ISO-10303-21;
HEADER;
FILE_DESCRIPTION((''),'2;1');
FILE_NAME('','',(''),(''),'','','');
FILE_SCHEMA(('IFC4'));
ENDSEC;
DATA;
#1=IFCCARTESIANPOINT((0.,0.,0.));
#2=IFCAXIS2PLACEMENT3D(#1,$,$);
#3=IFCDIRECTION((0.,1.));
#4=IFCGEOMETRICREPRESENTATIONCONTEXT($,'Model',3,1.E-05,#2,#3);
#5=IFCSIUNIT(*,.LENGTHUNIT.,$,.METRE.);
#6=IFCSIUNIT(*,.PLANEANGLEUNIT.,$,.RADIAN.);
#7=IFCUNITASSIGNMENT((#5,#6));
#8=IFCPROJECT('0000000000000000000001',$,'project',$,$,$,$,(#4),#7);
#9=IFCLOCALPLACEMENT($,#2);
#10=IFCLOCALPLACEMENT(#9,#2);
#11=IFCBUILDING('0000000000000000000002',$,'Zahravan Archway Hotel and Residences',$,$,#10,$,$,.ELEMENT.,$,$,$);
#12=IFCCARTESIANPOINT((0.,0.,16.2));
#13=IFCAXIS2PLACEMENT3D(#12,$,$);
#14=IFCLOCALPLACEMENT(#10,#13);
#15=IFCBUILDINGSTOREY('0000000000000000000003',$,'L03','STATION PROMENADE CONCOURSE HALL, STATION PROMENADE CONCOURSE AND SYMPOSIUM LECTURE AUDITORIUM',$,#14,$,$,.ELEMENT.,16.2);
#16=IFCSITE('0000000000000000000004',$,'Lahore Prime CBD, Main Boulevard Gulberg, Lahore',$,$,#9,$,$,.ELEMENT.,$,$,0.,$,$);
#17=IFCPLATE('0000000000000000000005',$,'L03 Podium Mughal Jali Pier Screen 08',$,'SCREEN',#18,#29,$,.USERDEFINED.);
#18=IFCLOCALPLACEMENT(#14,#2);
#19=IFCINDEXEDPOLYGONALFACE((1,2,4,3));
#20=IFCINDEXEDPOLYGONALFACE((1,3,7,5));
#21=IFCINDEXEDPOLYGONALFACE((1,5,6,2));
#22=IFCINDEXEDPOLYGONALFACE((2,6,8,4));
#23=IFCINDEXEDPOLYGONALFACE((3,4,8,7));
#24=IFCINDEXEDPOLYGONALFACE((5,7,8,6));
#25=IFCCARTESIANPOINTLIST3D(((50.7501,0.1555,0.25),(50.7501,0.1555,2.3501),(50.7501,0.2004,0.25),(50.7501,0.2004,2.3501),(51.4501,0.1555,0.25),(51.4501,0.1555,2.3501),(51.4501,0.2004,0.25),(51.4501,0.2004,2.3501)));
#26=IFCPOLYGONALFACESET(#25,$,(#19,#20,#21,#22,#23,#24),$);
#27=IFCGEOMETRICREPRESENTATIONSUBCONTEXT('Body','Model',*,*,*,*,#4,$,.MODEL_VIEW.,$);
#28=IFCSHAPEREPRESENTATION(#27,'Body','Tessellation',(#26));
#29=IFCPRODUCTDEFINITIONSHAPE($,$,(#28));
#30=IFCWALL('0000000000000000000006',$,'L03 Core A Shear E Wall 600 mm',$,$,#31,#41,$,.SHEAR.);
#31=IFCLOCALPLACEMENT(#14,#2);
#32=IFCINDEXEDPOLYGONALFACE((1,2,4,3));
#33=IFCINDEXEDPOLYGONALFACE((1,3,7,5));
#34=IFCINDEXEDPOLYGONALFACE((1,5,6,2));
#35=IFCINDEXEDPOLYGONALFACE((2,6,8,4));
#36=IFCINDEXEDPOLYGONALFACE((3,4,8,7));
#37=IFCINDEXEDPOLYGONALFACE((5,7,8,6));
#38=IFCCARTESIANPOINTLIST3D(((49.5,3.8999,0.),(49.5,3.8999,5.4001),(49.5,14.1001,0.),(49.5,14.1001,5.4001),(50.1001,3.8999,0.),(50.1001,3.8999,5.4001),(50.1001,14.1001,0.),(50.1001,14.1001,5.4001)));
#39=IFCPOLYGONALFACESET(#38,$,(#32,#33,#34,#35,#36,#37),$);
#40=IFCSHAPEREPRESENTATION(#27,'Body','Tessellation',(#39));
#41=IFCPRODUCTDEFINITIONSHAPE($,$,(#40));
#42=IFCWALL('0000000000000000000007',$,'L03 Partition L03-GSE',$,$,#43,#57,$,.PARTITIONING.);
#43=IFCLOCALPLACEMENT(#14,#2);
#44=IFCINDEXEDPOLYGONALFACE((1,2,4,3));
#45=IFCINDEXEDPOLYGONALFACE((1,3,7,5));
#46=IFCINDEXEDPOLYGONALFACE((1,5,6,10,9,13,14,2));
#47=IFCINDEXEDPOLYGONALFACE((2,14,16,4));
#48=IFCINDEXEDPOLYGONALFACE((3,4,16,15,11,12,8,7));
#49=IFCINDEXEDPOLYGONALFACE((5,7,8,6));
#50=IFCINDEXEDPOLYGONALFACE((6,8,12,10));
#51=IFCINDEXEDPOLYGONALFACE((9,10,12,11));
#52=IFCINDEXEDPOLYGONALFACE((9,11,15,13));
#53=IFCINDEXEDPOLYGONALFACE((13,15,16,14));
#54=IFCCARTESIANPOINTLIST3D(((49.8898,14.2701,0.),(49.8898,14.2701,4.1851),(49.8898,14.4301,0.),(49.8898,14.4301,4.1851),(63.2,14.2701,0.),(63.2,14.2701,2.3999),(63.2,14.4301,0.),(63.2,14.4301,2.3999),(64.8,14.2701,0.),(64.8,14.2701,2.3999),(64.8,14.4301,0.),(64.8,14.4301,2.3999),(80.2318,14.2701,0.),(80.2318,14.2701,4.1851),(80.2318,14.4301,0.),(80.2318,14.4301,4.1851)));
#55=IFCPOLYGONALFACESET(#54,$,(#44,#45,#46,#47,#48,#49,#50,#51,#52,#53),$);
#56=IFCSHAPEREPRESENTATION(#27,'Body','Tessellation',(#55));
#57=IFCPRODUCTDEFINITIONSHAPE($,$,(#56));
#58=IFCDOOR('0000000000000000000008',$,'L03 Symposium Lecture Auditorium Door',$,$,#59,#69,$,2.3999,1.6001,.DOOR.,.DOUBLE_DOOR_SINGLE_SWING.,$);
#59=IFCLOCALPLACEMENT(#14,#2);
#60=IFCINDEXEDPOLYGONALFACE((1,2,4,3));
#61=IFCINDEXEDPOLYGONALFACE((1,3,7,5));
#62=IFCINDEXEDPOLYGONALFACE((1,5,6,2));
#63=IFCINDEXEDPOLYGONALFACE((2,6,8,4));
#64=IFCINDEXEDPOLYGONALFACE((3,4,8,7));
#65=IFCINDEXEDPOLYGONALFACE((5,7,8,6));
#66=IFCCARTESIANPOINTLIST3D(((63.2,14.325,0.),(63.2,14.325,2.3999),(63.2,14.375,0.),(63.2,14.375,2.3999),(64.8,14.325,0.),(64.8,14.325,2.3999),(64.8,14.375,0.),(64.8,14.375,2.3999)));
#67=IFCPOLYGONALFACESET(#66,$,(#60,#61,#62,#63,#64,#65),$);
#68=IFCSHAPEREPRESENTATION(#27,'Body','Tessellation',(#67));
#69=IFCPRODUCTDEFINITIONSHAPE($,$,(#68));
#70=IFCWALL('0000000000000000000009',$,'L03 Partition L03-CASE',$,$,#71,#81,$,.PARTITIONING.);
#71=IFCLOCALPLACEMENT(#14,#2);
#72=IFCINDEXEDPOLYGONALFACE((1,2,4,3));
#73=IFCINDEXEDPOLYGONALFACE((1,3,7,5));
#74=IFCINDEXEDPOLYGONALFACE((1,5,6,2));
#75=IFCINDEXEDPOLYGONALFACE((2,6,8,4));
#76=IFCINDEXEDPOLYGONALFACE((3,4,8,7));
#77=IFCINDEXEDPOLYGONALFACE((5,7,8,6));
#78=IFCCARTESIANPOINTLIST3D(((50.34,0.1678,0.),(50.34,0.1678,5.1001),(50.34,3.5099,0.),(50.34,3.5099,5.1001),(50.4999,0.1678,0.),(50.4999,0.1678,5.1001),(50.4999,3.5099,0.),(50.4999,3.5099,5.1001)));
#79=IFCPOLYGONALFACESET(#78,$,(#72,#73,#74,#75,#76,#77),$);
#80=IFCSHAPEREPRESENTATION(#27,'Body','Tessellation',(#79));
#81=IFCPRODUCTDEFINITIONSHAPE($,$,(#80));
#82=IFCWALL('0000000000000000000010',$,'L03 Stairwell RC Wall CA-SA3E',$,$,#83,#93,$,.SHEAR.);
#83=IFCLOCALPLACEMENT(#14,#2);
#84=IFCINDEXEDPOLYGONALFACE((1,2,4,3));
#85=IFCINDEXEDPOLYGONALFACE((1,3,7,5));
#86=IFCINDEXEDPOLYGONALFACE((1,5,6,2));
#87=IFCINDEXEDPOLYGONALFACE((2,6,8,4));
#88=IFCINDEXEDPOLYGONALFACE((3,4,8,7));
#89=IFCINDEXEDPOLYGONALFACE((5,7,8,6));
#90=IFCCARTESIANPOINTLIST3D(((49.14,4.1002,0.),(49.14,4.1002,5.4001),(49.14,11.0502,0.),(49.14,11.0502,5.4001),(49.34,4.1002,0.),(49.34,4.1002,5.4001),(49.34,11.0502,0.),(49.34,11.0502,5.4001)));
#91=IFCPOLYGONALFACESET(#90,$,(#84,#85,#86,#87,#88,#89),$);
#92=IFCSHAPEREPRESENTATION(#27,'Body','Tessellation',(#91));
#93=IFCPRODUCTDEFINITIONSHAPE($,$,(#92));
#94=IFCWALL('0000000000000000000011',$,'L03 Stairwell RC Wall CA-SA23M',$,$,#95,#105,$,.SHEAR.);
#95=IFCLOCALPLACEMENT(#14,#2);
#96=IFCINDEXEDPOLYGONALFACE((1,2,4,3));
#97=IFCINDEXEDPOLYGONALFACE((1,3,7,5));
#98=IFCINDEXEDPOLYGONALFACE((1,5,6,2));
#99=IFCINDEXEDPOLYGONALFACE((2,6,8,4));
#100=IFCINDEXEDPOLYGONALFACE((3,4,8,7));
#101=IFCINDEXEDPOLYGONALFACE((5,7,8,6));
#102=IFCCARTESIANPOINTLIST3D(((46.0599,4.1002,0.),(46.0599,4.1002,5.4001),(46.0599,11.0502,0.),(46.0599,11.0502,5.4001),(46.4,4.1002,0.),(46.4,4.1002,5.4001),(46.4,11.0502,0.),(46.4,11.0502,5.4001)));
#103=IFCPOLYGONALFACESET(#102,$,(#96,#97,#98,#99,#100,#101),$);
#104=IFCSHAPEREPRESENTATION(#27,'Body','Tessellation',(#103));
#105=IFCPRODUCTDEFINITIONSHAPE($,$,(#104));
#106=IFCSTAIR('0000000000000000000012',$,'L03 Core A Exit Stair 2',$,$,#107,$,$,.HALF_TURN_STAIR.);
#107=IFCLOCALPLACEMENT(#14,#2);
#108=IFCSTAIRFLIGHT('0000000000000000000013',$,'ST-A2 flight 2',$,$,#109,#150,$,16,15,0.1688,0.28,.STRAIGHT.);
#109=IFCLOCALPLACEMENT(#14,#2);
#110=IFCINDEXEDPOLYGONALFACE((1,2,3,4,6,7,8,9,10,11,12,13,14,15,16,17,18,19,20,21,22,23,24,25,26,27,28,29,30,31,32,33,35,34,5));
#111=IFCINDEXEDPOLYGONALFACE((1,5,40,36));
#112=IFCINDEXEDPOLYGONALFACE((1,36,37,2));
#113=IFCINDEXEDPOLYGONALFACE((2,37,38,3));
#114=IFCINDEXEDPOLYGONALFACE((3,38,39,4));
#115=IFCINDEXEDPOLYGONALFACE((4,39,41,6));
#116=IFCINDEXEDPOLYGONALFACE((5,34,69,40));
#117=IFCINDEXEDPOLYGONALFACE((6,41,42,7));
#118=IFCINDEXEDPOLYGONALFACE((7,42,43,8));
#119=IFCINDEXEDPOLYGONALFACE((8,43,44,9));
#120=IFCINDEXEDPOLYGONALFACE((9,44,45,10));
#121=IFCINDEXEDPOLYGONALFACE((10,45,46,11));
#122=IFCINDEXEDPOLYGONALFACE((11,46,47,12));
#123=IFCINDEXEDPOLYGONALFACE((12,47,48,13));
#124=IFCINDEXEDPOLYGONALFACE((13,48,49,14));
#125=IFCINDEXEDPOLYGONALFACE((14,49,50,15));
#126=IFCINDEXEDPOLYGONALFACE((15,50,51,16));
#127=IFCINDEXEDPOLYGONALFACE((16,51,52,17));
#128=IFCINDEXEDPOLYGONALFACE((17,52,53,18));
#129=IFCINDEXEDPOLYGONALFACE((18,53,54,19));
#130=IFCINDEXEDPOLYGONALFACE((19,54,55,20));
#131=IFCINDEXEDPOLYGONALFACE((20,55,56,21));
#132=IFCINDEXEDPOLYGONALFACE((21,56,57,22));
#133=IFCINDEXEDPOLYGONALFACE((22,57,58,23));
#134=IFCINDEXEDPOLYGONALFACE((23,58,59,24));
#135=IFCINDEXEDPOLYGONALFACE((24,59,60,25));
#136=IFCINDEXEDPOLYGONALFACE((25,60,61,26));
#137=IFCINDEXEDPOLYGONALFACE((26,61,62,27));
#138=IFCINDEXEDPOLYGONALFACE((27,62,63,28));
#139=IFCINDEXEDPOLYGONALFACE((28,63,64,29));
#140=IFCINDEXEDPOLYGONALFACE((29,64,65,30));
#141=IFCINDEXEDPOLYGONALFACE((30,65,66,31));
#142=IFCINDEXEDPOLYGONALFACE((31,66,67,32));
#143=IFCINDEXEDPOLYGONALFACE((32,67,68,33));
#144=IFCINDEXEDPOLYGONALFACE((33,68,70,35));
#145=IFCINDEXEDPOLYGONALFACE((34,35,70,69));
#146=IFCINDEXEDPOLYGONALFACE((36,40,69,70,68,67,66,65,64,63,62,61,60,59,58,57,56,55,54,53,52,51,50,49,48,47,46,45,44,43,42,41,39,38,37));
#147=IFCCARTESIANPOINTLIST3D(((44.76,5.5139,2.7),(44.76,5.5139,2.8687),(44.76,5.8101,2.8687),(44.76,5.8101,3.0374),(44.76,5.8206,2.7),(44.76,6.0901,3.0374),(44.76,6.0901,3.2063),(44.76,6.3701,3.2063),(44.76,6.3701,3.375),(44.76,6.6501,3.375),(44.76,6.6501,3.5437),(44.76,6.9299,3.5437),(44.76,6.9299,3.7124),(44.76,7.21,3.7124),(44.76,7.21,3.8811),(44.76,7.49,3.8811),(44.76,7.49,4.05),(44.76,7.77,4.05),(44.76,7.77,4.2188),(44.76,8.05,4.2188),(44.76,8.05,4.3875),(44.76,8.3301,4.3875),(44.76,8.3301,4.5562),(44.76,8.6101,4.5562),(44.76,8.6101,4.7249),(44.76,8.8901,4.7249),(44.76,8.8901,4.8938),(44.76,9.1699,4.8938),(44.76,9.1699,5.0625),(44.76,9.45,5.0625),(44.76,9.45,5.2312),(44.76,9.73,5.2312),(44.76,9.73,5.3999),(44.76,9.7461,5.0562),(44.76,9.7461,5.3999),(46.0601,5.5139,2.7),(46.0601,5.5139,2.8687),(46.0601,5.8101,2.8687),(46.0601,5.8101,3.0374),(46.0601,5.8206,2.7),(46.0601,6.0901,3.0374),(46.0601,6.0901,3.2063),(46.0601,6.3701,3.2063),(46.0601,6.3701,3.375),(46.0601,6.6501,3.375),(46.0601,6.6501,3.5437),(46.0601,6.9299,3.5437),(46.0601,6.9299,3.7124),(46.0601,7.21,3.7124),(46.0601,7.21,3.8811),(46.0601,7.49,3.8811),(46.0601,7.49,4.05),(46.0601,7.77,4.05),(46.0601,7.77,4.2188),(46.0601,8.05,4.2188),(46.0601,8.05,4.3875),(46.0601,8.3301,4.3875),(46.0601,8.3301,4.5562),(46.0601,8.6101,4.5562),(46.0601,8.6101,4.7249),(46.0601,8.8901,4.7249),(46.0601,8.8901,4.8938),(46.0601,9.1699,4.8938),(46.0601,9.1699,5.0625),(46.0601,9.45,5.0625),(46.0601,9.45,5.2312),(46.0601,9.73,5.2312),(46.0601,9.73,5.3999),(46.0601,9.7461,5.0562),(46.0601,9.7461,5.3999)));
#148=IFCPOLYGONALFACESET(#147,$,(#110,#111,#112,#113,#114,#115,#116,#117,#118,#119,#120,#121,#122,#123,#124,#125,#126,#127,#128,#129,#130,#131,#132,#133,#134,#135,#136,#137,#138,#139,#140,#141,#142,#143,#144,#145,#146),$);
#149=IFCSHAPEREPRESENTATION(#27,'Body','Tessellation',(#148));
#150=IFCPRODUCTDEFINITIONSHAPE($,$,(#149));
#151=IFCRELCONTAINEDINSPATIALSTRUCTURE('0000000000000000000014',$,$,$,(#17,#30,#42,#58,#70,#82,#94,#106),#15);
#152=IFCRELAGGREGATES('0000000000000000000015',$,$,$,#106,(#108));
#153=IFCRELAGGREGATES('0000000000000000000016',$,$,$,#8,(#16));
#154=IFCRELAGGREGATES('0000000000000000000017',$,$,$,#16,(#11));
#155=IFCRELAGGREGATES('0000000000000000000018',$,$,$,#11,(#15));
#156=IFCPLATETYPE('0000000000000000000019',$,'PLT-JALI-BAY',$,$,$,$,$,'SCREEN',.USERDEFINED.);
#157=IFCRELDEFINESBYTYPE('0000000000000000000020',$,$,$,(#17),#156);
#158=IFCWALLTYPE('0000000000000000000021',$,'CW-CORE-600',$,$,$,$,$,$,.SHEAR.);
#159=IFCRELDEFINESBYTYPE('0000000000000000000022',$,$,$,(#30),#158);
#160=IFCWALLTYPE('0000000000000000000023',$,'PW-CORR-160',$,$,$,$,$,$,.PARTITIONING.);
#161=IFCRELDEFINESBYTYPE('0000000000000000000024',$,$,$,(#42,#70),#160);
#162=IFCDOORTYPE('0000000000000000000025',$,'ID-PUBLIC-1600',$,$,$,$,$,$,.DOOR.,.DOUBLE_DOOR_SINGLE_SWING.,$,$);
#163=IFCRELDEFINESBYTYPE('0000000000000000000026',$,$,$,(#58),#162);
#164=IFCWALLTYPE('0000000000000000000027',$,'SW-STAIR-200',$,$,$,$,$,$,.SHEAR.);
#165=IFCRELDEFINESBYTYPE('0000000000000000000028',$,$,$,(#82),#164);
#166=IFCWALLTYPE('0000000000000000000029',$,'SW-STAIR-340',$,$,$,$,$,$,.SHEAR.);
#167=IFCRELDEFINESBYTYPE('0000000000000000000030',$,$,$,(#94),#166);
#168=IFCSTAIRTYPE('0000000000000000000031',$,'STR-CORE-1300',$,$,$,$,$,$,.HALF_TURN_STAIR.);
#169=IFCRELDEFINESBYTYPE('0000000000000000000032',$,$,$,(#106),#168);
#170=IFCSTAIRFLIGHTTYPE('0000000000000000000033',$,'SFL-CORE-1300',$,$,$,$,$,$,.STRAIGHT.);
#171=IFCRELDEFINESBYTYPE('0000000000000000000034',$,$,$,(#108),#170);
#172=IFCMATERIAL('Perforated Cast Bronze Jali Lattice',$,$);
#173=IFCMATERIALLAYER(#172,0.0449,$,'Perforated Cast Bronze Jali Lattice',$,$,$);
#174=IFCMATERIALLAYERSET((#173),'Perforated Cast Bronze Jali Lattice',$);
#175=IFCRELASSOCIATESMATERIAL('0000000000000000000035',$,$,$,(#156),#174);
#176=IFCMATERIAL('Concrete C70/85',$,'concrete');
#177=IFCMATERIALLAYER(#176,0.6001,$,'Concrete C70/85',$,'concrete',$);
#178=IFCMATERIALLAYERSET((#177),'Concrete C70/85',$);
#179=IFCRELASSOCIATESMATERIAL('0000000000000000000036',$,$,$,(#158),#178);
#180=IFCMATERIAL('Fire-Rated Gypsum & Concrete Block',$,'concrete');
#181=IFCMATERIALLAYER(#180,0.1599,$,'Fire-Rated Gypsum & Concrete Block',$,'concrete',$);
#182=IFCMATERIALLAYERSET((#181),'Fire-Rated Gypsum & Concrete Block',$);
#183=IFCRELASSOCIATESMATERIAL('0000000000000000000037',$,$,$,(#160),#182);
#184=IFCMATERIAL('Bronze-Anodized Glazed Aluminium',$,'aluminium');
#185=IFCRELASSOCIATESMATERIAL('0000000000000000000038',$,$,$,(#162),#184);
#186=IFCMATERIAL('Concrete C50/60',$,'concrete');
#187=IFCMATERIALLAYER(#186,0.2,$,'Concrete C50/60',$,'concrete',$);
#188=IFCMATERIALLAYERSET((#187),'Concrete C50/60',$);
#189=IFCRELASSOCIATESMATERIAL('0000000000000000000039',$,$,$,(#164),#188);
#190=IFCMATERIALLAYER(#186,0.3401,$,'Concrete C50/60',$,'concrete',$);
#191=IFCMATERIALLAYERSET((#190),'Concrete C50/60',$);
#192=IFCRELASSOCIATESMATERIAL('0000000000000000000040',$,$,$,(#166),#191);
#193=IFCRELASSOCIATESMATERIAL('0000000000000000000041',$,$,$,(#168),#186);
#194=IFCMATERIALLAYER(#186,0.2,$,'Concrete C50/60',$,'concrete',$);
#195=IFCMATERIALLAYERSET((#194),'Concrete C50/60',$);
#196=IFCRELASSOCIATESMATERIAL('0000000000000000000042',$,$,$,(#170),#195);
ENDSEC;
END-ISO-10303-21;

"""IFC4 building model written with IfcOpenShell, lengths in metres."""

from ifc_helpers import new_model, si_unit, direction, frame, frame_2d, origin, origin_2d, place, context, subcontext, project, spatial, polyline, rectangle, outline, extrude, source, transform, mapped, material, layer, layer_set, type_object, type_shapes, element, fill, aggregate, save


model = new_model("IFC4")

# Units and contexts
model_context = context("Model", 3, precision=1e-05, world=origin(), true_north=direction((0.0, 1.0)))
body_context = subcontext(model_context, "Body", "Model", "MODEL_VIEW")
ifc_project = project(units=[si_unit("LENGTHUNIT", "METRE"), si_unit("PLANEANGLEUNIT", "RADIAN")], contexts=[model_context])

# Site, building, storey
site_placement = place(None, origin())
site = spatial("IfcSite", under=ifc_project, at=site_placement, Name="Lahore Prime CBD, Main Boulevard Gulberg, Lahore", CompositionType="ELEMENT", RefElevation=0.0)
building_placement = place(site_placement, origin())
building = spatial("IfcBuilding", under=site, at=building_placement, Name="Zahravan Archway Hotel and Residences", CompositionType="ELEMENT")
storey_placement = place(building_placement, frame((0.0, 0.0, 16.2)))
storey = spatial("IfcBuildingStorey", under=building, at=storey_placement, Name="L03", Description="STATION PROMENADE CONCOURSE HALL, STATION PROMENADE CONCOURSE AND SYMPOSIUM LECTURE AUDITORIUM", CompositionType="ELEMENT", Elevation=16.2)

# Shared definitions
ifc_material_1 = material(Name="Concrete C70/85", Category="concrete")

# Plate
ifc_material_2 = material(Name="Perforated Cast Bronze Jali Lattice")
ifc_layer_1 = layer(ifc_material_2, 0.0449, Name="Perforated Cast Bronze Jali Lattice")
ifc_layer_set_1 = layer_set([ifc_layer_1], Name="Perforated Cast Bronze Jali Lattice")
plate_type = type_object("IfcPlateType", Name="PLT-JALI-BAY", ElementType="SCREEN", PredefinedType="USERDEFINED", material=ifc_layer_set_1)
shared_shape_1 = source(origin(), body_context, "Body", "SweptSolid", [
    extrude(rectangle(XDim=0.7, YDim=0.0449, at=origin_2d()), origin(), (0.0, 0.0, 1.0), 2.1001),
])
type_shapes(plate_type, [shared_shape_1])
plate_placement = place(storey_placement, frame((51.1001, 0.178, 0.25), z_axis=(0.0, 0.0, 1.0), x_axis=(1.0, 0.0, 0.0)))
element("IfcPlate", 1, at=plate_placement, inside=storey, type_object=plate_type, Name="L03 Podium Mughal Jali Pier Screen 08", ObjectType="SCREEN", PredefinedType="USERDEFINED", context=body_context, shape_type="MappedRepresentation", body=[
    mapped(shared_shape_1, transform((0.0, 0.0, 0.0), scale=1.0)),
])

# Wall
ifc_layer_2 = layer(ifc_material_1, 0.6001, Name="Concrete C70/85", Category="concrete")
ifc_layer_set_2 = layer_set([ifc_layer_2], Name="Concrete C70/85")
wall_type_1 = type_object("IfcWallType", Name="CW-CORE-600", PredefinedType="SHEAR", material=ifc_layer_set_2)
wall_1_placement = place(storey_placement, frame((49.8, 3.8999, 0.0), z_axis=(0.0, 0.0, 1.0), x_axis=(0.0, 1.0, 0.0)))
element("IfcWall", 2, at=wall_1_placement, inside=storey, type_object=wall_type_1, Name="L03 Core A Shear E Wall 600 mm", PredefinedType="SHEAR", context=body_context, shape_type="SweptSolid", body=[
    extrude(rectangle(XDim=10.2002, YDim=0.6001, at=frame_2d((5.1001, 0.0))), origin(), (0.0, 0.0, 1.0), 5.4001),
])

# Wall, opening, door
ifc_material_3 = material(Name="Fire-Rated Gypsum & Concrete Block", Category="concrete")
ifc_layer_3 = layer(ifc_material_3, 0.1599, Name="Fire-Rated Gypsum & Concrete Block", Category="concrete")
ifc_layer_set_3 = layer_set([ifc_layer_3], Name="Fire-Rated Gypsum & Concrete Block")
wall_type_2 = type_object("IfcWallType", Name="PW-CORR-160", PredefinedType="PARTITIONING", material=ifc_layer_set_3)
wall_2_placement = place(storey_placement, frame((49.8899, 14.3501, 0.0), z_axis=(0.0, 0.0, 1.0), x_axis=(1.0, 0.0, 0.0)))
wall_2 = element("IfcWall", 3, at=wall_2_placement, inside=storey, type_object=wall_type_2, Name="L03 Partition L03-GSE", PredefinedType="PARTITIONING", context=body_context, shape_type="SweptSolid", body=[
    extrude(rectangle(XDim=30.342, YDim=0.1599, at=frame_2d((15.1709, 0.0))), origin(), (0.0, 0.0, 1.0), 4.1851),
])
opening_placement = place(wall_2_placement, frame((13.3101, 0.0, 0.0)))
opening = element("IfcOpeningElement", 4, at=opening_placement, cuts=wall_2, PredefinedType="OPENING", context=body_context, shape_type="SweptSolid", body=[
    extrude(rectangle(XDim=1.6001, YDim=2.3999, at=frame_2d((0.8, 1.2))), frame((0.0, 0.0898, 0.0), z_axis=(0.0, -1.0, 0.0), x_axis=(1.0, 0.0, 0.0)), (0.0, 0.0, 1.0), 0.1799),
])
ifc_material_4 = material(Name="Bronze-Anodized Glazed Aluminium", Category="aluminium")
door_type = type_object("IfcDoorType", Name="ID-PUBLIC-1600", OperationType="DOUBLE_DOOR_SINGLE_SWING", PredefinedType="DOOR", material=ifc_material_4)
shared_shape_2 = source(origin(), body_context, "Body", "SweptSolid", [
    extrude(rectangle(XDim=1.6001, YDim=2.3999, at=frame_2d((0.8, 1.2))), frame((0.0, 0.0249, 0.0), z_axis=(0.0, -1.0, 0.0), x_axis=(1.0, 0.0, 0.0)), (0.0, 0.0, 1.0), 0.05),
])
type_shapes(door_type, [shared_shape_2])
door_placement = place(opening_placement, origin())
door = element("IfcDoor", 5, at=door_placement, inside=storey, type_object=door_type, Name="L03 Symposium Lecture Auditorium Door", OperationType="DOUBLE_DOOR_SINGLE_SWING", OverallHeight=2.3999, OverallWidth=1.6001, PredefinedType="DOOR", context=body_context, shape_type="MappedRepresentation", body=[
    mapped(shared_shape_2, transform((0.0, 0.0, 0.0), scale=1.0)),
])
fill(opening, door)

# Walls
wall_3_placement = place(storey_placement, frame((50.4199, 0.168, 0.0), z_axis=(0.0, 0.0, 1.0), x_axis=(0.0, 1.0, 0.0)))
element("IfcWall", 6, at=wall_3_placement, inside=storey, type_object=wall_type_2, Name="L03 Partition L03-CASE", PredefinedType="PARTITIONING", context=body_context, shape_type="SweptSolid", body=[
    extrude(rectangle(XDim=3.342, YDim=0.1599, at=frame_2d((1.6709, 0.0))), origin(), (0.0, 0.0, 1.0), 5.1001),
])
ifc_material_5 = material(Name="Concrete C50/60", Category="concrete")
ifc_layer_4 = layer(ifc_material_5, 0.2, Name="Concrete C50/60", Category="concrete")
ifc_layer_set_4 = layer_set([ifc_layer_4], Name="Concrete C50/60")
wall_type_3 = type_object("IfcWallType", Name="SW-STAIR-200", PredefinedType="SHEAR", material=ifc_layer_set_4)
wall_4_placement = place(storey_placement, frame((49.24, 4.1001, 0.0), z_axis=(0.0, 0.0, 1.0), x_axis=(0.0, 1.0, 0.0)))
element("IfcWall", 7, at=wall_4_placement, inside=storey, type_object=wall_type_3, Name="L03 Stairwell RC Wall CA-SA3E", PredefinedType="SHEAR", context=body_context, shape_type="SweptSolid", body=[
    extrude(rectangle(XDim=6.95, YDim=0.2, at=frame_2d((3.4751, 0.0))), origin(), (0.0, 0.0, 1.0), 5.4001),
])
ifc_layer_5 = layer(ifc_material_5, 0.3401, Name="Concrete C50/60", Category="concrete")
ifc_layer_set_5 = layer_set([ifc_layer_5], Name="Concrete C50/60")
wall_type_4 = type_object("IfcWallType", Name="SW-STAIR-340", PredefinedType="SHEAR", material=ifc_layer_set_5)
wall_5_placement = place(storey_placement, frame((46.23, 4.1001, 0.0), z_axis=(0.0, 0.0, 1.0), x_axis=(0.0, 1.0, 0.0)))
element("IfcWall", 8, at=wall_5_placement, inside=storey, type_object=wall_type_4, Name="L03 Stairwell RC Wall CA-SA23M", PredefinedType="SHEAR", context=body_context, shape_type="SweptSolid", body=[
    extrude(rectangle(XDim=6.95, YDim=0.3401, at=frame_2d((3.4751, 0.0))), origin(), (0.0, 0.0, 1.0), 5.4001),
])

# Stair, stair flight
stair_type = type_object("IfcStairType", Name="STR-CORE-1300", PredefinedType="HALF_TURN_STAIR", material=ifc_material_5)
stair_1_placement = place(storey_placement, origin())
stair_1 = element("IfcStair", 9, at=stair_1_placement, inside=storey, type_object=stair_type, Name="L03 Core A Exit Stair 2", PredefinedType="HALF_TURN_STAIR")
ifc_layer_6 = layer(ifc_material_5, 0.2, Name="Concrete C50/60", Category="concrete")
ifc_layer_set_6 = layer_set([ifc_layer_6], Name="Concrete C50/60")
stair_flight_type = type_object("IfcStairFlightType", Name="SFL-CORE-1300", PredefinedType="STRAIGHT", material=ifc_layer_set_6)
shared_shape_3 = source(origin(), body_context, "Body", "SweptSolid", [
    extrude(outline(polyline([(-0.0161, 0.0), (-0.0161, 0.1687), (0.28, 0.1687), (0.28, 0.3374), (0.5601, 0.3374), (0.5601, 0.5063), (0.8401, 0.5063), (0.8401, 0.675), (1.1201, 0.675), (1.1201, 0.8438), (1.3999, 0.8438), (1.3999, 1.0125), (1.6799, 1.0125), (1.6799, 1.1812), (1.96, 1.1812), (1.96, 1.3501), (2.24, 1.3501), (2.24, 1.5188), (2.52, 1.5188), (2.52, 1.6875), (2.8, 1.6875), (2.8, 1.8562), (3.0801, 1.8562), (3.0801, 2.0249), (3.3601, 2.0249), (3.3601, 2.1938), (3.6399, 2.1938), (3.6399, 2.3625), (3.9199, 2.3625), (3.9199, 2.5312), (4.2, 2.5312), (4.2, 2.7), (4.2161, 2.7), (4.2161, 2.3562), (0.2905, 0.0), (-0.0161, 0.0)])), frame((0.0, 0.6499, 0.0), z_axis=(0.0, -1.0, 0.0), x_axis=(1.0, 0.0, 0.0)), (0.0, 0.0, 1.0), 1.3),
])
stair_flight_1_placement = place(storey_placement, frame((45.4099, 5.53, 2.7), z_axis=(0.0, 0.0, 1.0), x_axis=(0.0, 1.0, 0.0)))
stair_flight_1 = element("IfcStairFlight", 10, at=stair_flight_1_placement, type_object=stair_flight_type, Name="ST-A2 flight 2", NumberOfRisers=16, NumberOfTreads=15, PredefinedType="STRAIGHT", RiserHeight=0.1688, TreadLength=0.28, context=body_context, shape_type="MappedRepresentation", body=[
    mapped(shared_shape_3, transform((0.0, 0.0, 0.0), scale=1.0)),
])
aggregate(stair_1, [stair_flight_1])

save(model, "model.ifc")
